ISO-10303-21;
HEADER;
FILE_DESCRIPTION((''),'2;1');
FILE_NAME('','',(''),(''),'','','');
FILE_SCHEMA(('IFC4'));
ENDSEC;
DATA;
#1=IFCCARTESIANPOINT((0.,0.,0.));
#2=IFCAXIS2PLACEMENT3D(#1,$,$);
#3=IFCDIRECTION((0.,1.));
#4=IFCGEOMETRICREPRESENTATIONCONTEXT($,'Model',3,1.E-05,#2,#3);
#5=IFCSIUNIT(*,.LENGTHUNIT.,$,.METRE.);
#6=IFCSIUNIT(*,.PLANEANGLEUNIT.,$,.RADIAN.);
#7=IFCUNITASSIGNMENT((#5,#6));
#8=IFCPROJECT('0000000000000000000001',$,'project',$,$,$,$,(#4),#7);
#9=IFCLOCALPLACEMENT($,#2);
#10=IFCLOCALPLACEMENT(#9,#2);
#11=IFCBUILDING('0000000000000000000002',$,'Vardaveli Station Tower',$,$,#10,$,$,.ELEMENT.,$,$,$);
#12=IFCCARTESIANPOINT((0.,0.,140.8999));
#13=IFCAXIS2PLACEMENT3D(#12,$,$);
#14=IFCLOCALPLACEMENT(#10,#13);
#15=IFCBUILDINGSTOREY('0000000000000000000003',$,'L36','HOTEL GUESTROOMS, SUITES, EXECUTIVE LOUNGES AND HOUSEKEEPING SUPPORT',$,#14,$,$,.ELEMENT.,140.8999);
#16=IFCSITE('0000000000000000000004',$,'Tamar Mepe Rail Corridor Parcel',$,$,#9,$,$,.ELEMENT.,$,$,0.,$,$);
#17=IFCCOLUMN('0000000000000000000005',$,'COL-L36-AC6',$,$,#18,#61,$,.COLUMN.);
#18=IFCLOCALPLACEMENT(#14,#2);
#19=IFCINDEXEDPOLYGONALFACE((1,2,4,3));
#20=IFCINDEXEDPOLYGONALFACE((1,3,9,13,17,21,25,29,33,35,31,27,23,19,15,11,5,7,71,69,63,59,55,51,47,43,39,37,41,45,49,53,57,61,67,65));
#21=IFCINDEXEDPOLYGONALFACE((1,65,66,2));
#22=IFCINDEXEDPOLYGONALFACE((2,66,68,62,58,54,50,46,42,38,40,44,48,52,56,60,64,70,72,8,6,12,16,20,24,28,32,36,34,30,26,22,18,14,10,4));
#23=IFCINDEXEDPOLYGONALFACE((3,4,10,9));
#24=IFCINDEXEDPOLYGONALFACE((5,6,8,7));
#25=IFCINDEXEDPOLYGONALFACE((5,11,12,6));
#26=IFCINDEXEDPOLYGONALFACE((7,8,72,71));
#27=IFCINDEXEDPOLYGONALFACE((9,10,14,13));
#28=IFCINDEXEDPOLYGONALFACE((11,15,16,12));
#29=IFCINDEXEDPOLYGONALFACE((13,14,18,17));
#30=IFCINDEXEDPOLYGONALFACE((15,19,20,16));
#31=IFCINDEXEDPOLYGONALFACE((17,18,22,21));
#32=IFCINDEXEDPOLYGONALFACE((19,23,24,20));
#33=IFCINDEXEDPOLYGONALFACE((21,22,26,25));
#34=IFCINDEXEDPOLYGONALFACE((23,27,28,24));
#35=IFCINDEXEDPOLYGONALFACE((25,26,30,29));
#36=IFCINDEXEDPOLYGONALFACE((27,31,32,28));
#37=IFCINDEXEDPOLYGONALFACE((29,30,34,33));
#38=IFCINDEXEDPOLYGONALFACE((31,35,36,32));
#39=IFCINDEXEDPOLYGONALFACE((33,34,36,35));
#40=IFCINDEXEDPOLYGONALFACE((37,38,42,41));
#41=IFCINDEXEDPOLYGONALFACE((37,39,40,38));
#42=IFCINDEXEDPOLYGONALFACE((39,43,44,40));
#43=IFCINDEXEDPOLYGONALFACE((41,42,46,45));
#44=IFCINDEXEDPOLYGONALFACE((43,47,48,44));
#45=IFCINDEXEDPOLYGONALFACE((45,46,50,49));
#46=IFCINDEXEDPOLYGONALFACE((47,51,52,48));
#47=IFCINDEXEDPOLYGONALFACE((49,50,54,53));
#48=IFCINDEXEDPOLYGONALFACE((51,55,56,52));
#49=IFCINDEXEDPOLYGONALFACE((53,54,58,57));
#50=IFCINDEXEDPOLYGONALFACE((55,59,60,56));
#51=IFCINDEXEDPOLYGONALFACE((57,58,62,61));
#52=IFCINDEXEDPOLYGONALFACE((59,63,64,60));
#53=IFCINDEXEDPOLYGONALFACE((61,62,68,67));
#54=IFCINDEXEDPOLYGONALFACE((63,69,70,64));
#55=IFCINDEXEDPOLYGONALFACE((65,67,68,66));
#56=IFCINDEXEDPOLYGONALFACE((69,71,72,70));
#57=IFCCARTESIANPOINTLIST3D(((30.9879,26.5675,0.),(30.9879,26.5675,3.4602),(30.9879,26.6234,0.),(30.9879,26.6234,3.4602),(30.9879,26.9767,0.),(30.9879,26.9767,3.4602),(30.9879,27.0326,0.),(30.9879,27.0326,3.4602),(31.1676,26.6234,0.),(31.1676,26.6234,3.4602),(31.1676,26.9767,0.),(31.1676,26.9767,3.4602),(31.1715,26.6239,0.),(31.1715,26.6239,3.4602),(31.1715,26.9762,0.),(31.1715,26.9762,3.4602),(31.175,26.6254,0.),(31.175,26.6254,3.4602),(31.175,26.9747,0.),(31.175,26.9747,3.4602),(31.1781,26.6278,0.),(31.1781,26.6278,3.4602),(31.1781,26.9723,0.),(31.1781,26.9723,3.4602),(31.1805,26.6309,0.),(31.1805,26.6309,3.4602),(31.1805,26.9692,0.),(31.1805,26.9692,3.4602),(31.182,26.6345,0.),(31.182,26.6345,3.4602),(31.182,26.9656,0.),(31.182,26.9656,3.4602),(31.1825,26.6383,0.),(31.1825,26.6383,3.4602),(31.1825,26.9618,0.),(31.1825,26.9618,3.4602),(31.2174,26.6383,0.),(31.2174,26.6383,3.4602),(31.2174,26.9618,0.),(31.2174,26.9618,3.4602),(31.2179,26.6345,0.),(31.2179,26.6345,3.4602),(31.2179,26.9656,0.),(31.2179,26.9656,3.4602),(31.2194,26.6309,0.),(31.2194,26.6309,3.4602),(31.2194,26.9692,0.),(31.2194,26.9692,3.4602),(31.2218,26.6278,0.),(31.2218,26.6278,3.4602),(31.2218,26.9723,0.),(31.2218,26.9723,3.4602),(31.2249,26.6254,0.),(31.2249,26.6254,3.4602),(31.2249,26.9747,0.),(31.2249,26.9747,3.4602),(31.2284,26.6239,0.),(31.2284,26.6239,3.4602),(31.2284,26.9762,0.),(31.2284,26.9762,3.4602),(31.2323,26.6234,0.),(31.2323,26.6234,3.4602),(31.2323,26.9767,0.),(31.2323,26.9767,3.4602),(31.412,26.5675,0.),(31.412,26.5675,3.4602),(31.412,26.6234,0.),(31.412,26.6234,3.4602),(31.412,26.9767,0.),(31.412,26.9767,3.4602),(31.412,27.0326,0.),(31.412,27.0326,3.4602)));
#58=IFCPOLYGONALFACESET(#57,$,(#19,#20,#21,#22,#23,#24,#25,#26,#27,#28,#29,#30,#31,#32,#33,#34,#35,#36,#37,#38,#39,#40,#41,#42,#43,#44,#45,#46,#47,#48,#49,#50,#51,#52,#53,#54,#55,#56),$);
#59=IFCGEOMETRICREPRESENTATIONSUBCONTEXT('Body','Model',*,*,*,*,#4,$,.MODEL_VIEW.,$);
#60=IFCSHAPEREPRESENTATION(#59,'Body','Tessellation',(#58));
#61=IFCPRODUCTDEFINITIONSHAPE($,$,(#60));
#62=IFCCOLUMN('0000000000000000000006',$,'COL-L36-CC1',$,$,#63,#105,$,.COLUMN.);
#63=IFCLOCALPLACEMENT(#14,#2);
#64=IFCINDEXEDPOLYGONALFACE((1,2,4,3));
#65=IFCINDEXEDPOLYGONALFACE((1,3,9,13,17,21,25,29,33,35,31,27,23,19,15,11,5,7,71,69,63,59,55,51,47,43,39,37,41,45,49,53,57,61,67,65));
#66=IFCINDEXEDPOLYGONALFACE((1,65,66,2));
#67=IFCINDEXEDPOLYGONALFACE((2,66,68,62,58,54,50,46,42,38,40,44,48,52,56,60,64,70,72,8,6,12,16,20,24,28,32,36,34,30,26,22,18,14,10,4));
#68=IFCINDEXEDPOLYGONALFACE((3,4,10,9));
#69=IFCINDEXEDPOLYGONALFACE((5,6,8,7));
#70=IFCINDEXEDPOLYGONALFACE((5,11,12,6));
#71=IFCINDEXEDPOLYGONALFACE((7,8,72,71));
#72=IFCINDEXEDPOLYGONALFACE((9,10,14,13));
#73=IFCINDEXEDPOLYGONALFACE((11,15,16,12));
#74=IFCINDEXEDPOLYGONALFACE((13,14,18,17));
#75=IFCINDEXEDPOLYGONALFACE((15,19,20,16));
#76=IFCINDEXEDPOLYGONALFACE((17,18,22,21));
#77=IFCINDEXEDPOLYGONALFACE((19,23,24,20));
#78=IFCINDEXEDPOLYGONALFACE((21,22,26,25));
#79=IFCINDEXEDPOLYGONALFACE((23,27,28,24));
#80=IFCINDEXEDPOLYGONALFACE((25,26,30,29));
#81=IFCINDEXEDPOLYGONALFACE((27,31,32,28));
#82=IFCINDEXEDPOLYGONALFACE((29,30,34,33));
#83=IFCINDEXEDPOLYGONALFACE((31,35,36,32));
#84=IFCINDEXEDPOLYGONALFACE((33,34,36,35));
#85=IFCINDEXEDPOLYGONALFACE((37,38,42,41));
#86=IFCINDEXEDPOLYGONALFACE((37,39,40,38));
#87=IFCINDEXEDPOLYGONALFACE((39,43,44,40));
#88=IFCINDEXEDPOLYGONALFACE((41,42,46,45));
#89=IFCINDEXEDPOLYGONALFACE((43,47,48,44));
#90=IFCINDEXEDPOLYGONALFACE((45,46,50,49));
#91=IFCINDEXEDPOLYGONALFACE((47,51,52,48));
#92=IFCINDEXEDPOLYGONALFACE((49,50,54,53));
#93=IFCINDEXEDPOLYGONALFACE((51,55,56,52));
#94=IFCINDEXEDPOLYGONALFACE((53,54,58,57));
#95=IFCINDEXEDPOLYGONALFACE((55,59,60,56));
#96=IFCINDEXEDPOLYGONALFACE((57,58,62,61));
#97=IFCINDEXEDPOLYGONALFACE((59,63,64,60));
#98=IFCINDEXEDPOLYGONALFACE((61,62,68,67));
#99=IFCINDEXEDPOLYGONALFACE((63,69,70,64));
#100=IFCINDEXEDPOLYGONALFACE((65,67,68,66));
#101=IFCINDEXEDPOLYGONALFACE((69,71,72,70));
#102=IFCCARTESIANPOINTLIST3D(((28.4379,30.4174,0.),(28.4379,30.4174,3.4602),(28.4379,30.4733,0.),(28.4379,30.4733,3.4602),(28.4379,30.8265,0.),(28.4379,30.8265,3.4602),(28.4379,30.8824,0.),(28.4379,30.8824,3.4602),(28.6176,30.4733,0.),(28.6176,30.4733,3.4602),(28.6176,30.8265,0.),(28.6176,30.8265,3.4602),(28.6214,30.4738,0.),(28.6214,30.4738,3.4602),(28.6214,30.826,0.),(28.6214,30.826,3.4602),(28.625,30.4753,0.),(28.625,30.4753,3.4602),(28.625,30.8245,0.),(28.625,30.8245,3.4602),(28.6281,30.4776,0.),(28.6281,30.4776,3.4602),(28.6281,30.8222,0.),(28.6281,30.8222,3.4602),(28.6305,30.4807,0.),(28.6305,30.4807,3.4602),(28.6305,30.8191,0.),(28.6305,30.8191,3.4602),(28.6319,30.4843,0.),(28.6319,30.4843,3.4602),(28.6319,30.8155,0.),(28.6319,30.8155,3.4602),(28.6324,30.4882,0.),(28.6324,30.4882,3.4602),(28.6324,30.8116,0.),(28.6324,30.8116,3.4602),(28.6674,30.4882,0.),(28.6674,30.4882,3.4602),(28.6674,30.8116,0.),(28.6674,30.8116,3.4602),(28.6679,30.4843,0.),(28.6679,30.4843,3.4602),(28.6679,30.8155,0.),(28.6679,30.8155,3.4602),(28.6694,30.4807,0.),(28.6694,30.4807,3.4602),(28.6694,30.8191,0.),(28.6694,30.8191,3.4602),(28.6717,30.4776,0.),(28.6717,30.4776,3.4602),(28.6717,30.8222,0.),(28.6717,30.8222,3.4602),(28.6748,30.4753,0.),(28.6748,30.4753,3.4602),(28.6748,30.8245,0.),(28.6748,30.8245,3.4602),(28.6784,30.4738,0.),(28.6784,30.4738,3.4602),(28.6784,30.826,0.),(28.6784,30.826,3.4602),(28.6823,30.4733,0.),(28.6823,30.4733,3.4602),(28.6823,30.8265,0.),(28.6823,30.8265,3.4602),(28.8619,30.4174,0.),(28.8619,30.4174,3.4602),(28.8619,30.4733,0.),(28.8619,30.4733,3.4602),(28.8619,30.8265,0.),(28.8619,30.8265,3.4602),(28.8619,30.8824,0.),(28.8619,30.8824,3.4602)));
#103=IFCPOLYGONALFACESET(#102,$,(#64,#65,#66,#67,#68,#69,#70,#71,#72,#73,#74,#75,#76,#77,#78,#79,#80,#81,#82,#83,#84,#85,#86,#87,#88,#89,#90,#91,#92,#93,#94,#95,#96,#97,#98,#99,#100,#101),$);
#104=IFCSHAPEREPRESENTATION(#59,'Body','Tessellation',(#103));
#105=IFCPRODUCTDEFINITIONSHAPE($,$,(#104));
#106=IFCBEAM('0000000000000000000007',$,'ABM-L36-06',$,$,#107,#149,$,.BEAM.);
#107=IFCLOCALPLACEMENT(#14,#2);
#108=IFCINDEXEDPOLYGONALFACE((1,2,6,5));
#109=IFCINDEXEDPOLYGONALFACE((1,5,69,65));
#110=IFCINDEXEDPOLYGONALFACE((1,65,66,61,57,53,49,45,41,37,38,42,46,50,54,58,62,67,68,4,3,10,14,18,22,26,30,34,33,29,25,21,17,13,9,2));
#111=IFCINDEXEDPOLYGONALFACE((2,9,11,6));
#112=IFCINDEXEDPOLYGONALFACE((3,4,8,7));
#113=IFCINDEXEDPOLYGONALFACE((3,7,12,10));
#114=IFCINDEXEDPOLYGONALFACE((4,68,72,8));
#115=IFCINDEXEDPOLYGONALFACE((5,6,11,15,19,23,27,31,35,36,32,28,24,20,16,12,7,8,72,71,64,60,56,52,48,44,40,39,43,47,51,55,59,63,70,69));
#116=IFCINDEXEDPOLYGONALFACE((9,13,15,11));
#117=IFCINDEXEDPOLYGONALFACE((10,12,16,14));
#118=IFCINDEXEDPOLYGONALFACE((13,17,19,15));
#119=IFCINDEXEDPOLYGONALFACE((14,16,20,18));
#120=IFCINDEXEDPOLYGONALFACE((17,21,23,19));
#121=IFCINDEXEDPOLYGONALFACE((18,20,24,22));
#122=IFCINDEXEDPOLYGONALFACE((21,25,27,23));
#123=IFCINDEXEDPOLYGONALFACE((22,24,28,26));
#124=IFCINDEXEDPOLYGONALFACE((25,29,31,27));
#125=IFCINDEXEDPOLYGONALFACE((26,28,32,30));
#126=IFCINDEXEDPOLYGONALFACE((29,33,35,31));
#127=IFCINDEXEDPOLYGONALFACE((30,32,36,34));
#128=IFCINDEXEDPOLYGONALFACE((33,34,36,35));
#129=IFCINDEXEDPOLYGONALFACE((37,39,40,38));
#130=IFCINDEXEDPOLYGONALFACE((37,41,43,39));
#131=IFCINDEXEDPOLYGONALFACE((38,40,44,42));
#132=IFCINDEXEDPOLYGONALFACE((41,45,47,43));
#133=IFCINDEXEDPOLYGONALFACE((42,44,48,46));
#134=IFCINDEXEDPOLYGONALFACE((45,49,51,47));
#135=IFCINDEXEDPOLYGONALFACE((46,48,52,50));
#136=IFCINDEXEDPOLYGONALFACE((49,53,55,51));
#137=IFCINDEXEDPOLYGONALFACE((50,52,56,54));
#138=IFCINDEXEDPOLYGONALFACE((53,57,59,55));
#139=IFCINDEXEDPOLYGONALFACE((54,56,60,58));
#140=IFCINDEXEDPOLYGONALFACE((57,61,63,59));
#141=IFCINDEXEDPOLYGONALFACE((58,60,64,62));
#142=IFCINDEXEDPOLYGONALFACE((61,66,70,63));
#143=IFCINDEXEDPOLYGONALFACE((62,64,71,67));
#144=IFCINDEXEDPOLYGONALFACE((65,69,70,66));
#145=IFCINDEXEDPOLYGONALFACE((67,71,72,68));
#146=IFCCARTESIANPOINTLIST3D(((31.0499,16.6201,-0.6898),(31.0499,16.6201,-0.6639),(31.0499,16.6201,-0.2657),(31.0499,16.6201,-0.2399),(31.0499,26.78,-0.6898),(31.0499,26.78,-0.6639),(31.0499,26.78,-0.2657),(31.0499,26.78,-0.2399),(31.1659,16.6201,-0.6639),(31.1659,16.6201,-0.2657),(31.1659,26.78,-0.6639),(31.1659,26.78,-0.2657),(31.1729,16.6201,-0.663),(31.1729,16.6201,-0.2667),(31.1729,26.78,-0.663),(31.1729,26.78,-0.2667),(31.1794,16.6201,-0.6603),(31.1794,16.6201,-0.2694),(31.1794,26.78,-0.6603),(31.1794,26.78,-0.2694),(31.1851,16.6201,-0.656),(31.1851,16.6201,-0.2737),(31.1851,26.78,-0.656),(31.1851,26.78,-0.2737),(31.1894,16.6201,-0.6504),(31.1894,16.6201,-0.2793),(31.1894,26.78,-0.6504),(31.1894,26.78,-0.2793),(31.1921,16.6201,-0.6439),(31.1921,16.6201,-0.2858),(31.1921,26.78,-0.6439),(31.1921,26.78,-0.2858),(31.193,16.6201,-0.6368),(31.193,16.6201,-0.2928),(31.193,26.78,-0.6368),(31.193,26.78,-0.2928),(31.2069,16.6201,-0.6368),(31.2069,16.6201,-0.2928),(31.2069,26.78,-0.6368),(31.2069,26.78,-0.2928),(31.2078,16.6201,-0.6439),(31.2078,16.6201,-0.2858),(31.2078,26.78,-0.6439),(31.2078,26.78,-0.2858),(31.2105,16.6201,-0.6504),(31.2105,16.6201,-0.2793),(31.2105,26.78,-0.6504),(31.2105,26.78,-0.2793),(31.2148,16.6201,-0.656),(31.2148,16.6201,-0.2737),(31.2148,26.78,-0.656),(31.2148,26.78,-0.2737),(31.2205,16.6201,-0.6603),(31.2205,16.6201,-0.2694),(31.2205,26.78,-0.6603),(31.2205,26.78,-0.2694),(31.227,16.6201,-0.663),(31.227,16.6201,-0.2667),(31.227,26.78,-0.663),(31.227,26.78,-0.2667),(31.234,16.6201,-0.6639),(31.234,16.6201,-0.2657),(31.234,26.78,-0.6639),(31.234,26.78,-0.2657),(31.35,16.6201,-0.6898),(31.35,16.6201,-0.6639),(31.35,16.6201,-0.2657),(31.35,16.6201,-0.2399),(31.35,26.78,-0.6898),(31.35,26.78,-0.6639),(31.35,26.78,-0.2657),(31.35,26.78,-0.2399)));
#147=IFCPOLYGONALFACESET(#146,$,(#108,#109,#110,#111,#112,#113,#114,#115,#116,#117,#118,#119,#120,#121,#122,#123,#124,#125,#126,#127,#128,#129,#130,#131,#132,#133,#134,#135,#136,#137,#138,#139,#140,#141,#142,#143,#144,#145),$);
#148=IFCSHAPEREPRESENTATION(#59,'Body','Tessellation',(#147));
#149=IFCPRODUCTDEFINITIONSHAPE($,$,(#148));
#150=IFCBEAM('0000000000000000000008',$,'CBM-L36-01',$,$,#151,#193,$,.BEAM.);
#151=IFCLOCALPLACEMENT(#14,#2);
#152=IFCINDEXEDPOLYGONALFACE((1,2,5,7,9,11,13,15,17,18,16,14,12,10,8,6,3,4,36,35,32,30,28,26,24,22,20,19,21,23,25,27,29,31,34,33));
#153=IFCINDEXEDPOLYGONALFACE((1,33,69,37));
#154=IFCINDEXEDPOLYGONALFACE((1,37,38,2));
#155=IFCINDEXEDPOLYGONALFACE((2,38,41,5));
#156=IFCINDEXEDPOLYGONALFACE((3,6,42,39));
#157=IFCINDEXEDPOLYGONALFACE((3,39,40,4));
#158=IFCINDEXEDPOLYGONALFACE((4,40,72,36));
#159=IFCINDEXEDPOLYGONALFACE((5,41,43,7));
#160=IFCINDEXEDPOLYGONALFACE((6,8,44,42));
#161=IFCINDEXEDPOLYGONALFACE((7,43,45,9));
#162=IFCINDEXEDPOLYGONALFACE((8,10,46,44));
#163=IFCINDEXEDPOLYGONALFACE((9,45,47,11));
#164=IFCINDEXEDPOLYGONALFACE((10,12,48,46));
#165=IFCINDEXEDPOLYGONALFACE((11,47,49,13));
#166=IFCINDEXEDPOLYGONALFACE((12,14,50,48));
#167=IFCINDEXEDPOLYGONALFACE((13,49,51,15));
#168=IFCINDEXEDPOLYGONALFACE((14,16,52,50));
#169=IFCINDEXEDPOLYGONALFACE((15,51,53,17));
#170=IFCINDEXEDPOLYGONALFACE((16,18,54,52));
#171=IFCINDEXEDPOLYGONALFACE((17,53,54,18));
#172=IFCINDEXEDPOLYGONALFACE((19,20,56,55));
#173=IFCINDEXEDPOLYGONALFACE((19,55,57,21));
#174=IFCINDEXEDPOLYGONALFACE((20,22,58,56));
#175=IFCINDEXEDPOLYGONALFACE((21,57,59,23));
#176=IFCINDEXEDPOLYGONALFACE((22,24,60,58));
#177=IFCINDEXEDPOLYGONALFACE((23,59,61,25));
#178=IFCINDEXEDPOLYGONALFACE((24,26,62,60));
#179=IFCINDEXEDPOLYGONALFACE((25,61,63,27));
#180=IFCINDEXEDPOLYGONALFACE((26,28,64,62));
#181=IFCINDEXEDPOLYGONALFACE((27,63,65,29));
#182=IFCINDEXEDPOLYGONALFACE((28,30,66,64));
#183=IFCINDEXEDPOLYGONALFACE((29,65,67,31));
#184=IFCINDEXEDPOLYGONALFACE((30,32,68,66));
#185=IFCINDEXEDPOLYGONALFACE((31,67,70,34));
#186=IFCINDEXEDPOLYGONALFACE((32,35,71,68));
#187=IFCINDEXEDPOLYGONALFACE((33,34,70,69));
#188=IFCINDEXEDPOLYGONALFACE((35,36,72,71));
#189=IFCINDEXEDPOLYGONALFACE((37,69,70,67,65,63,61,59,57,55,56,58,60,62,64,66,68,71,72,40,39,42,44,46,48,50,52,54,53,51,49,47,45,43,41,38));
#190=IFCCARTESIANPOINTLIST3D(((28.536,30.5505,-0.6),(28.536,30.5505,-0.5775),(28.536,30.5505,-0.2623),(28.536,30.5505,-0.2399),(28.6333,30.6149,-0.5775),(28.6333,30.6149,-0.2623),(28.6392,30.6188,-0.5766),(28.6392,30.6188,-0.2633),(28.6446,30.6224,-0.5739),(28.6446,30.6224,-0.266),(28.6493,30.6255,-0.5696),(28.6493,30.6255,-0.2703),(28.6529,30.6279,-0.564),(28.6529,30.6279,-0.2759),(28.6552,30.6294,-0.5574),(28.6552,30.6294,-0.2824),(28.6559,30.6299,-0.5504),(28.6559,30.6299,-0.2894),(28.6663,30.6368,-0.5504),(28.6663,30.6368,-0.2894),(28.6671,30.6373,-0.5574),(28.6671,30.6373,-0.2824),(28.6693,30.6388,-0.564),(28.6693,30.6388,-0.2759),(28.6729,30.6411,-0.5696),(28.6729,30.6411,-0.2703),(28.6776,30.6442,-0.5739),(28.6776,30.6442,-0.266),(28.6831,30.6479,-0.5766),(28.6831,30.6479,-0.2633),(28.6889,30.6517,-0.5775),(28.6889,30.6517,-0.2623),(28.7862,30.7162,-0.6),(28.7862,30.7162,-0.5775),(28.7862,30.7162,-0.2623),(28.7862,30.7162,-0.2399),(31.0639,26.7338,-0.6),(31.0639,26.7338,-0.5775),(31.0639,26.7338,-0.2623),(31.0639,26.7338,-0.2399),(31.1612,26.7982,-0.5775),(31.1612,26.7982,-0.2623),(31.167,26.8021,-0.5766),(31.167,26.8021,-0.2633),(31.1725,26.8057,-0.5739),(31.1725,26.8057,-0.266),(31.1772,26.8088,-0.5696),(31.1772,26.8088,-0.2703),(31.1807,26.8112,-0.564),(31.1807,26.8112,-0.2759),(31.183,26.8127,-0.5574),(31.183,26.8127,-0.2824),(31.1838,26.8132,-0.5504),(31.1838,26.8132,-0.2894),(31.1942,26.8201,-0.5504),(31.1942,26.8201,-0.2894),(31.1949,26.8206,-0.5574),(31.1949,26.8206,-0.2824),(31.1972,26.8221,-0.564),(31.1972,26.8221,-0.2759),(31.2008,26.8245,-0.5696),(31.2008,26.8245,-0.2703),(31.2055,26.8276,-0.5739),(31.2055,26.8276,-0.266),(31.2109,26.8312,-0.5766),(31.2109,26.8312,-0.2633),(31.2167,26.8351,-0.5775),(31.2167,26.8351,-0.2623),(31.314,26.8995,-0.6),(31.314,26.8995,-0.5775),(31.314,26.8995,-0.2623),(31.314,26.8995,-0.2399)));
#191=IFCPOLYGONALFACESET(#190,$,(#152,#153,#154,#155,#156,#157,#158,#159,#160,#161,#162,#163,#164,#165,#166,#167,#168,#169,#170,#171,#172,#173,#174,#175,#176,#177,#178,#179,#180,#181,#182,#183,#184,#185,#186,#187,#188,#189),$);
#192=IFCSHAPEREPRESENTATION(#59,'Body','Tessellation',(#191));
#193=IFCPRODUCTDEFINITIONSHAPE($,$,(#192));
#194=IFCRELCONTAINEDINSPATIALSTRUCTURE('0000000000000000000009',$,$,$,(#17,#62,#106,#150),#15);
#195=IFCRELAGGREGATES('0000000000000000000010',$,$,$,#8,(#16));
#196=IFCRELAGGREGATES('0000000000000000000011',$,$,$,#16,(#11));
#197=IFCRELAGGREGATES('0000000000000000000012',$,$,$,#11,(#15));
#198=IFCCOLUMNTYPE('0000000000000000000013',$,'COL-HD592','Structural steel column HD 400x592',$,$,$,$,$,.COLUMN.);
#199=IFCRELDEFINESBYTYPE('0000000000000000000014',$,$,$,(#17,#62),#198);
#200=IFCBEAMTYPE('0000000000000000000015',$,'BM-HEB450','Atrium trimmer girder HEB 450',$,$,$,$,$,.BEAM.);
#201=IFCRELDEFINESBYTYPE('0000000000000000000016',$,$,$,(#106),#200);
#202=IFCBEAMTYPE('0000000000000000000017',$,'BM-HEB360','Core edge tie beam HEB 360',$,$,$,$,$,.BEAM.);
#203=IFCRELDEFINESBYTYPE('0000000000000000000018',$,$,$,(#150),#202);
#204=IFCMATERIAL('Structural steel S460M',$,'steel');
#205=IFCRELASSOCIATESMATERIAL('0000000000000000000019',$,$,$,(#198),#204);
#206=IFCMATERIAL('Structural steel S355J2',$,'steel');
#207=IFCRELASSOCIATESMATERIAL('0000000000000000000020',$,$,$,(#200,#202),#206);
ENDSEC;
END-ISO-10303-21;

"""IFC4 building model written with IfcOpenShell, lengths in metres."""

from ifc_helpers import new_model, si_unit, direction, frame, origin, origin_2d, place, context, subcontext, project, spatial, i_section, extrude, source, transform, mapped, material, material_profile, profile_set, type_object, element, save


model = new_model("IFC4")

# Units and contexts
model_context = context("Model", 3, precision=1e-05, world=origin(), true_north=direction((0.0, 1.0)))
body_context = subcontext(model_context, "Body", "Model", "MODEL_VIEW")
ifc_project = project(units=[si_unit("LENGTHUNIT", "METRE"), si_unit("PLANEANGLEUNIT", "RADIAN")], contexts=[model_context])

# Site, building, storey
site_placement = place(None, origin())
site = spatial("IfcSite", under=ifc_project, at=site_placement, Name="Tamar Mepe Rail Corridor Parcel", CompositionType="ELEMENT", RefElevation=0.0)
building_placement = place(site_placement, origin())
building = spatial("IfcBuilding", under=site, at=building_placement, Name="Vardaveli Station Tower", CompositionType="ELEMENT")
storey_placement = place(building_placement, frame((0.0, 0.0, 140.8999)))
storey = spatial("IfcBuildingStorey", under=building, at=storey_placement, Name="L36", Description="HOTEL GUESTROOMS, SUITES, EXECUTIVE LOUNGES AND HOUSEKEEPING SUPPORT", CompositionType="ELEMENT", Elevation=140.8999)

# Columns
ifc_material_1 = material(Name="Structural steel S460M", Category="steel")
ifc_material_profile_1 = material_profile(ifc_material_1, i_section(OverallWidth=0.4241, OverallDepth=0.4651, WebThickness=0.0349, FlangeThickness=0.0559, FilletRadius=0.0149, at=origin_2d()), Name="HD 400x592")
ifc_profile_set_1 = profile_set([ifc_material_profile_1], Name="Structural steel S460M")
column_type = type_object("IfcColumnType", Name="COL-HD592", Description="Structural steel column HD 400x592", PredefinedType="COLUMN", material=ifc_profile_set_1)
shared_shape_1 = source(origin(), body_context, "Body", "SweptSolid", [
    extrude(i_section(OverallWidth=0.4241, OverallDepth=0.4651, WebThickness=0.0349, FlangeThickness=0.0559, FilletRadius=0.0149, at=origin_2d()), origin(), (0.0, 0.0, 1.0), 3.4602),
])
for number, where, z_axis, x_axis, name in (
    (1, (31.2, 26.8, 0.0), (0.0, 0.0, 1.0), (1.0, 0.0, 0.0), "COL-L36-AC6"),
    (2, (28.6499, 30.6499, 0.0), (0.0, 0.0, 1.0), (1.0, 0.0, 0.0), "COL-L36-CC1"),
):
    element("IfcColumn", number, at=place(storey_placement, frame(where, z_axis=z_axis, x_axis=x_axis)), inside=storey, type_object=column_type, Name=name, PredefinedType="COLUMN", context=body_context, shape_type="MappedRepresentation", body=[
        mapped(shared_shape_1, transform((0.0, 0.0, 0.0), scale=1.0)),
    ])

# Beams
ifc_material_2 = material(Name="Structural steel S355J2", Category="steel")
ifc_material_profile_2 = material_profile(ifc_material_2, i_section(OverallWidth=0.3, OverallDepth=0.45, WebThickness=0.0139, FlangeThickness=0.0259, FilletRadius=0.0271, at=origin_2d()), Name="HEB 450")
ifc_profile_set_2 = profile_set([ifc_material_profile_2], Name="Structural steel S355J2")
beam_type_1 = type_object("IfcBeamType", Name="BM-HEB450", Description="Atrium trimmer girder HEB 450", PredefinedType="BEAM", material=ifc_profile_set_2)
shared_shape_2 = source(origin(), body_context, "Body", "SweptSolid", [
    extrude(i_section(OverallWidth=0.3, OverallDepth=0.45, WebThickness=0.0139, FlangeThickness=0.0259, FilletRadius=0.0271, at=origin_2d()), origin(), (0.0, 0.0, 1.0), 10.1599),
])
beam_1_placement = place(storey_placement, frame((31.2, 26.78, -0.4648), z_axis=(0.0, -1.0, 0.0), x_axis=(1.0, 0.0, 0.0)))
element("IfcBeam", 3, at=beam_1_placement, inside=storey, type_object=beam_type_1, Name="ABM-L36-06", PredefinedType="BEAM", context=body_context, shape_type="MappedRepresentation", body=[
    mapped(shared_shape_2, transform((0.0, 0.0, 0.0), scale=1.0)),
])
ifc_material_profile_3 = material_profile(ifc_material_2, i_section(OverallWidth=0.3, OverallDepth=0.3601, WebThickness=0.0125, FlangeThickness=0.0225, FilletRadius=0.0271, at=origin_2d()), Name="HEB 360")
ifc_profile_set_3 = profile_set([ifc_material_profile_3], Name="Structural steel S355J2")
beam_type_2 = type_object("IfcBeamType", Name="BM-HEB360", Description="Core edge tie beam HEB 360", PredefinedType="BEAM", material=ifc_profile_set_3)
shared_shape_3 = source(origin(), body_context, "Body", "SweptSolid", [
    extrude(i_section(OverallWidth=0.3, OverallDepth=0.3601, WebThickness=0.0125, FlangeThickness=0.0225, FilletRadius=0.0271, at=origin_2d()), origin(), (0.0, 0.0, 1.0), 4.5779),
])
beam_2_placement = place(storey_placement, frame((31.189, 26.8167, -0.4199), z_axis=(-0.552187, 0.83372, 0.0), x_axis=(-0.83372, -0.552187, 0.0)))
element("IfcBeam", 4, at=beam_2_placement, inside=storey, type_object=beam_type_2, Name="CBM-L36-01", PredefinedType="BEAM", context=body_context, shape_type="MappedRepresentation", body=[
    mapped(shared_shape_3, transform((0.0, 0.0, 0.0), scale=1.0)),
])

save(model, "model.ifc")
